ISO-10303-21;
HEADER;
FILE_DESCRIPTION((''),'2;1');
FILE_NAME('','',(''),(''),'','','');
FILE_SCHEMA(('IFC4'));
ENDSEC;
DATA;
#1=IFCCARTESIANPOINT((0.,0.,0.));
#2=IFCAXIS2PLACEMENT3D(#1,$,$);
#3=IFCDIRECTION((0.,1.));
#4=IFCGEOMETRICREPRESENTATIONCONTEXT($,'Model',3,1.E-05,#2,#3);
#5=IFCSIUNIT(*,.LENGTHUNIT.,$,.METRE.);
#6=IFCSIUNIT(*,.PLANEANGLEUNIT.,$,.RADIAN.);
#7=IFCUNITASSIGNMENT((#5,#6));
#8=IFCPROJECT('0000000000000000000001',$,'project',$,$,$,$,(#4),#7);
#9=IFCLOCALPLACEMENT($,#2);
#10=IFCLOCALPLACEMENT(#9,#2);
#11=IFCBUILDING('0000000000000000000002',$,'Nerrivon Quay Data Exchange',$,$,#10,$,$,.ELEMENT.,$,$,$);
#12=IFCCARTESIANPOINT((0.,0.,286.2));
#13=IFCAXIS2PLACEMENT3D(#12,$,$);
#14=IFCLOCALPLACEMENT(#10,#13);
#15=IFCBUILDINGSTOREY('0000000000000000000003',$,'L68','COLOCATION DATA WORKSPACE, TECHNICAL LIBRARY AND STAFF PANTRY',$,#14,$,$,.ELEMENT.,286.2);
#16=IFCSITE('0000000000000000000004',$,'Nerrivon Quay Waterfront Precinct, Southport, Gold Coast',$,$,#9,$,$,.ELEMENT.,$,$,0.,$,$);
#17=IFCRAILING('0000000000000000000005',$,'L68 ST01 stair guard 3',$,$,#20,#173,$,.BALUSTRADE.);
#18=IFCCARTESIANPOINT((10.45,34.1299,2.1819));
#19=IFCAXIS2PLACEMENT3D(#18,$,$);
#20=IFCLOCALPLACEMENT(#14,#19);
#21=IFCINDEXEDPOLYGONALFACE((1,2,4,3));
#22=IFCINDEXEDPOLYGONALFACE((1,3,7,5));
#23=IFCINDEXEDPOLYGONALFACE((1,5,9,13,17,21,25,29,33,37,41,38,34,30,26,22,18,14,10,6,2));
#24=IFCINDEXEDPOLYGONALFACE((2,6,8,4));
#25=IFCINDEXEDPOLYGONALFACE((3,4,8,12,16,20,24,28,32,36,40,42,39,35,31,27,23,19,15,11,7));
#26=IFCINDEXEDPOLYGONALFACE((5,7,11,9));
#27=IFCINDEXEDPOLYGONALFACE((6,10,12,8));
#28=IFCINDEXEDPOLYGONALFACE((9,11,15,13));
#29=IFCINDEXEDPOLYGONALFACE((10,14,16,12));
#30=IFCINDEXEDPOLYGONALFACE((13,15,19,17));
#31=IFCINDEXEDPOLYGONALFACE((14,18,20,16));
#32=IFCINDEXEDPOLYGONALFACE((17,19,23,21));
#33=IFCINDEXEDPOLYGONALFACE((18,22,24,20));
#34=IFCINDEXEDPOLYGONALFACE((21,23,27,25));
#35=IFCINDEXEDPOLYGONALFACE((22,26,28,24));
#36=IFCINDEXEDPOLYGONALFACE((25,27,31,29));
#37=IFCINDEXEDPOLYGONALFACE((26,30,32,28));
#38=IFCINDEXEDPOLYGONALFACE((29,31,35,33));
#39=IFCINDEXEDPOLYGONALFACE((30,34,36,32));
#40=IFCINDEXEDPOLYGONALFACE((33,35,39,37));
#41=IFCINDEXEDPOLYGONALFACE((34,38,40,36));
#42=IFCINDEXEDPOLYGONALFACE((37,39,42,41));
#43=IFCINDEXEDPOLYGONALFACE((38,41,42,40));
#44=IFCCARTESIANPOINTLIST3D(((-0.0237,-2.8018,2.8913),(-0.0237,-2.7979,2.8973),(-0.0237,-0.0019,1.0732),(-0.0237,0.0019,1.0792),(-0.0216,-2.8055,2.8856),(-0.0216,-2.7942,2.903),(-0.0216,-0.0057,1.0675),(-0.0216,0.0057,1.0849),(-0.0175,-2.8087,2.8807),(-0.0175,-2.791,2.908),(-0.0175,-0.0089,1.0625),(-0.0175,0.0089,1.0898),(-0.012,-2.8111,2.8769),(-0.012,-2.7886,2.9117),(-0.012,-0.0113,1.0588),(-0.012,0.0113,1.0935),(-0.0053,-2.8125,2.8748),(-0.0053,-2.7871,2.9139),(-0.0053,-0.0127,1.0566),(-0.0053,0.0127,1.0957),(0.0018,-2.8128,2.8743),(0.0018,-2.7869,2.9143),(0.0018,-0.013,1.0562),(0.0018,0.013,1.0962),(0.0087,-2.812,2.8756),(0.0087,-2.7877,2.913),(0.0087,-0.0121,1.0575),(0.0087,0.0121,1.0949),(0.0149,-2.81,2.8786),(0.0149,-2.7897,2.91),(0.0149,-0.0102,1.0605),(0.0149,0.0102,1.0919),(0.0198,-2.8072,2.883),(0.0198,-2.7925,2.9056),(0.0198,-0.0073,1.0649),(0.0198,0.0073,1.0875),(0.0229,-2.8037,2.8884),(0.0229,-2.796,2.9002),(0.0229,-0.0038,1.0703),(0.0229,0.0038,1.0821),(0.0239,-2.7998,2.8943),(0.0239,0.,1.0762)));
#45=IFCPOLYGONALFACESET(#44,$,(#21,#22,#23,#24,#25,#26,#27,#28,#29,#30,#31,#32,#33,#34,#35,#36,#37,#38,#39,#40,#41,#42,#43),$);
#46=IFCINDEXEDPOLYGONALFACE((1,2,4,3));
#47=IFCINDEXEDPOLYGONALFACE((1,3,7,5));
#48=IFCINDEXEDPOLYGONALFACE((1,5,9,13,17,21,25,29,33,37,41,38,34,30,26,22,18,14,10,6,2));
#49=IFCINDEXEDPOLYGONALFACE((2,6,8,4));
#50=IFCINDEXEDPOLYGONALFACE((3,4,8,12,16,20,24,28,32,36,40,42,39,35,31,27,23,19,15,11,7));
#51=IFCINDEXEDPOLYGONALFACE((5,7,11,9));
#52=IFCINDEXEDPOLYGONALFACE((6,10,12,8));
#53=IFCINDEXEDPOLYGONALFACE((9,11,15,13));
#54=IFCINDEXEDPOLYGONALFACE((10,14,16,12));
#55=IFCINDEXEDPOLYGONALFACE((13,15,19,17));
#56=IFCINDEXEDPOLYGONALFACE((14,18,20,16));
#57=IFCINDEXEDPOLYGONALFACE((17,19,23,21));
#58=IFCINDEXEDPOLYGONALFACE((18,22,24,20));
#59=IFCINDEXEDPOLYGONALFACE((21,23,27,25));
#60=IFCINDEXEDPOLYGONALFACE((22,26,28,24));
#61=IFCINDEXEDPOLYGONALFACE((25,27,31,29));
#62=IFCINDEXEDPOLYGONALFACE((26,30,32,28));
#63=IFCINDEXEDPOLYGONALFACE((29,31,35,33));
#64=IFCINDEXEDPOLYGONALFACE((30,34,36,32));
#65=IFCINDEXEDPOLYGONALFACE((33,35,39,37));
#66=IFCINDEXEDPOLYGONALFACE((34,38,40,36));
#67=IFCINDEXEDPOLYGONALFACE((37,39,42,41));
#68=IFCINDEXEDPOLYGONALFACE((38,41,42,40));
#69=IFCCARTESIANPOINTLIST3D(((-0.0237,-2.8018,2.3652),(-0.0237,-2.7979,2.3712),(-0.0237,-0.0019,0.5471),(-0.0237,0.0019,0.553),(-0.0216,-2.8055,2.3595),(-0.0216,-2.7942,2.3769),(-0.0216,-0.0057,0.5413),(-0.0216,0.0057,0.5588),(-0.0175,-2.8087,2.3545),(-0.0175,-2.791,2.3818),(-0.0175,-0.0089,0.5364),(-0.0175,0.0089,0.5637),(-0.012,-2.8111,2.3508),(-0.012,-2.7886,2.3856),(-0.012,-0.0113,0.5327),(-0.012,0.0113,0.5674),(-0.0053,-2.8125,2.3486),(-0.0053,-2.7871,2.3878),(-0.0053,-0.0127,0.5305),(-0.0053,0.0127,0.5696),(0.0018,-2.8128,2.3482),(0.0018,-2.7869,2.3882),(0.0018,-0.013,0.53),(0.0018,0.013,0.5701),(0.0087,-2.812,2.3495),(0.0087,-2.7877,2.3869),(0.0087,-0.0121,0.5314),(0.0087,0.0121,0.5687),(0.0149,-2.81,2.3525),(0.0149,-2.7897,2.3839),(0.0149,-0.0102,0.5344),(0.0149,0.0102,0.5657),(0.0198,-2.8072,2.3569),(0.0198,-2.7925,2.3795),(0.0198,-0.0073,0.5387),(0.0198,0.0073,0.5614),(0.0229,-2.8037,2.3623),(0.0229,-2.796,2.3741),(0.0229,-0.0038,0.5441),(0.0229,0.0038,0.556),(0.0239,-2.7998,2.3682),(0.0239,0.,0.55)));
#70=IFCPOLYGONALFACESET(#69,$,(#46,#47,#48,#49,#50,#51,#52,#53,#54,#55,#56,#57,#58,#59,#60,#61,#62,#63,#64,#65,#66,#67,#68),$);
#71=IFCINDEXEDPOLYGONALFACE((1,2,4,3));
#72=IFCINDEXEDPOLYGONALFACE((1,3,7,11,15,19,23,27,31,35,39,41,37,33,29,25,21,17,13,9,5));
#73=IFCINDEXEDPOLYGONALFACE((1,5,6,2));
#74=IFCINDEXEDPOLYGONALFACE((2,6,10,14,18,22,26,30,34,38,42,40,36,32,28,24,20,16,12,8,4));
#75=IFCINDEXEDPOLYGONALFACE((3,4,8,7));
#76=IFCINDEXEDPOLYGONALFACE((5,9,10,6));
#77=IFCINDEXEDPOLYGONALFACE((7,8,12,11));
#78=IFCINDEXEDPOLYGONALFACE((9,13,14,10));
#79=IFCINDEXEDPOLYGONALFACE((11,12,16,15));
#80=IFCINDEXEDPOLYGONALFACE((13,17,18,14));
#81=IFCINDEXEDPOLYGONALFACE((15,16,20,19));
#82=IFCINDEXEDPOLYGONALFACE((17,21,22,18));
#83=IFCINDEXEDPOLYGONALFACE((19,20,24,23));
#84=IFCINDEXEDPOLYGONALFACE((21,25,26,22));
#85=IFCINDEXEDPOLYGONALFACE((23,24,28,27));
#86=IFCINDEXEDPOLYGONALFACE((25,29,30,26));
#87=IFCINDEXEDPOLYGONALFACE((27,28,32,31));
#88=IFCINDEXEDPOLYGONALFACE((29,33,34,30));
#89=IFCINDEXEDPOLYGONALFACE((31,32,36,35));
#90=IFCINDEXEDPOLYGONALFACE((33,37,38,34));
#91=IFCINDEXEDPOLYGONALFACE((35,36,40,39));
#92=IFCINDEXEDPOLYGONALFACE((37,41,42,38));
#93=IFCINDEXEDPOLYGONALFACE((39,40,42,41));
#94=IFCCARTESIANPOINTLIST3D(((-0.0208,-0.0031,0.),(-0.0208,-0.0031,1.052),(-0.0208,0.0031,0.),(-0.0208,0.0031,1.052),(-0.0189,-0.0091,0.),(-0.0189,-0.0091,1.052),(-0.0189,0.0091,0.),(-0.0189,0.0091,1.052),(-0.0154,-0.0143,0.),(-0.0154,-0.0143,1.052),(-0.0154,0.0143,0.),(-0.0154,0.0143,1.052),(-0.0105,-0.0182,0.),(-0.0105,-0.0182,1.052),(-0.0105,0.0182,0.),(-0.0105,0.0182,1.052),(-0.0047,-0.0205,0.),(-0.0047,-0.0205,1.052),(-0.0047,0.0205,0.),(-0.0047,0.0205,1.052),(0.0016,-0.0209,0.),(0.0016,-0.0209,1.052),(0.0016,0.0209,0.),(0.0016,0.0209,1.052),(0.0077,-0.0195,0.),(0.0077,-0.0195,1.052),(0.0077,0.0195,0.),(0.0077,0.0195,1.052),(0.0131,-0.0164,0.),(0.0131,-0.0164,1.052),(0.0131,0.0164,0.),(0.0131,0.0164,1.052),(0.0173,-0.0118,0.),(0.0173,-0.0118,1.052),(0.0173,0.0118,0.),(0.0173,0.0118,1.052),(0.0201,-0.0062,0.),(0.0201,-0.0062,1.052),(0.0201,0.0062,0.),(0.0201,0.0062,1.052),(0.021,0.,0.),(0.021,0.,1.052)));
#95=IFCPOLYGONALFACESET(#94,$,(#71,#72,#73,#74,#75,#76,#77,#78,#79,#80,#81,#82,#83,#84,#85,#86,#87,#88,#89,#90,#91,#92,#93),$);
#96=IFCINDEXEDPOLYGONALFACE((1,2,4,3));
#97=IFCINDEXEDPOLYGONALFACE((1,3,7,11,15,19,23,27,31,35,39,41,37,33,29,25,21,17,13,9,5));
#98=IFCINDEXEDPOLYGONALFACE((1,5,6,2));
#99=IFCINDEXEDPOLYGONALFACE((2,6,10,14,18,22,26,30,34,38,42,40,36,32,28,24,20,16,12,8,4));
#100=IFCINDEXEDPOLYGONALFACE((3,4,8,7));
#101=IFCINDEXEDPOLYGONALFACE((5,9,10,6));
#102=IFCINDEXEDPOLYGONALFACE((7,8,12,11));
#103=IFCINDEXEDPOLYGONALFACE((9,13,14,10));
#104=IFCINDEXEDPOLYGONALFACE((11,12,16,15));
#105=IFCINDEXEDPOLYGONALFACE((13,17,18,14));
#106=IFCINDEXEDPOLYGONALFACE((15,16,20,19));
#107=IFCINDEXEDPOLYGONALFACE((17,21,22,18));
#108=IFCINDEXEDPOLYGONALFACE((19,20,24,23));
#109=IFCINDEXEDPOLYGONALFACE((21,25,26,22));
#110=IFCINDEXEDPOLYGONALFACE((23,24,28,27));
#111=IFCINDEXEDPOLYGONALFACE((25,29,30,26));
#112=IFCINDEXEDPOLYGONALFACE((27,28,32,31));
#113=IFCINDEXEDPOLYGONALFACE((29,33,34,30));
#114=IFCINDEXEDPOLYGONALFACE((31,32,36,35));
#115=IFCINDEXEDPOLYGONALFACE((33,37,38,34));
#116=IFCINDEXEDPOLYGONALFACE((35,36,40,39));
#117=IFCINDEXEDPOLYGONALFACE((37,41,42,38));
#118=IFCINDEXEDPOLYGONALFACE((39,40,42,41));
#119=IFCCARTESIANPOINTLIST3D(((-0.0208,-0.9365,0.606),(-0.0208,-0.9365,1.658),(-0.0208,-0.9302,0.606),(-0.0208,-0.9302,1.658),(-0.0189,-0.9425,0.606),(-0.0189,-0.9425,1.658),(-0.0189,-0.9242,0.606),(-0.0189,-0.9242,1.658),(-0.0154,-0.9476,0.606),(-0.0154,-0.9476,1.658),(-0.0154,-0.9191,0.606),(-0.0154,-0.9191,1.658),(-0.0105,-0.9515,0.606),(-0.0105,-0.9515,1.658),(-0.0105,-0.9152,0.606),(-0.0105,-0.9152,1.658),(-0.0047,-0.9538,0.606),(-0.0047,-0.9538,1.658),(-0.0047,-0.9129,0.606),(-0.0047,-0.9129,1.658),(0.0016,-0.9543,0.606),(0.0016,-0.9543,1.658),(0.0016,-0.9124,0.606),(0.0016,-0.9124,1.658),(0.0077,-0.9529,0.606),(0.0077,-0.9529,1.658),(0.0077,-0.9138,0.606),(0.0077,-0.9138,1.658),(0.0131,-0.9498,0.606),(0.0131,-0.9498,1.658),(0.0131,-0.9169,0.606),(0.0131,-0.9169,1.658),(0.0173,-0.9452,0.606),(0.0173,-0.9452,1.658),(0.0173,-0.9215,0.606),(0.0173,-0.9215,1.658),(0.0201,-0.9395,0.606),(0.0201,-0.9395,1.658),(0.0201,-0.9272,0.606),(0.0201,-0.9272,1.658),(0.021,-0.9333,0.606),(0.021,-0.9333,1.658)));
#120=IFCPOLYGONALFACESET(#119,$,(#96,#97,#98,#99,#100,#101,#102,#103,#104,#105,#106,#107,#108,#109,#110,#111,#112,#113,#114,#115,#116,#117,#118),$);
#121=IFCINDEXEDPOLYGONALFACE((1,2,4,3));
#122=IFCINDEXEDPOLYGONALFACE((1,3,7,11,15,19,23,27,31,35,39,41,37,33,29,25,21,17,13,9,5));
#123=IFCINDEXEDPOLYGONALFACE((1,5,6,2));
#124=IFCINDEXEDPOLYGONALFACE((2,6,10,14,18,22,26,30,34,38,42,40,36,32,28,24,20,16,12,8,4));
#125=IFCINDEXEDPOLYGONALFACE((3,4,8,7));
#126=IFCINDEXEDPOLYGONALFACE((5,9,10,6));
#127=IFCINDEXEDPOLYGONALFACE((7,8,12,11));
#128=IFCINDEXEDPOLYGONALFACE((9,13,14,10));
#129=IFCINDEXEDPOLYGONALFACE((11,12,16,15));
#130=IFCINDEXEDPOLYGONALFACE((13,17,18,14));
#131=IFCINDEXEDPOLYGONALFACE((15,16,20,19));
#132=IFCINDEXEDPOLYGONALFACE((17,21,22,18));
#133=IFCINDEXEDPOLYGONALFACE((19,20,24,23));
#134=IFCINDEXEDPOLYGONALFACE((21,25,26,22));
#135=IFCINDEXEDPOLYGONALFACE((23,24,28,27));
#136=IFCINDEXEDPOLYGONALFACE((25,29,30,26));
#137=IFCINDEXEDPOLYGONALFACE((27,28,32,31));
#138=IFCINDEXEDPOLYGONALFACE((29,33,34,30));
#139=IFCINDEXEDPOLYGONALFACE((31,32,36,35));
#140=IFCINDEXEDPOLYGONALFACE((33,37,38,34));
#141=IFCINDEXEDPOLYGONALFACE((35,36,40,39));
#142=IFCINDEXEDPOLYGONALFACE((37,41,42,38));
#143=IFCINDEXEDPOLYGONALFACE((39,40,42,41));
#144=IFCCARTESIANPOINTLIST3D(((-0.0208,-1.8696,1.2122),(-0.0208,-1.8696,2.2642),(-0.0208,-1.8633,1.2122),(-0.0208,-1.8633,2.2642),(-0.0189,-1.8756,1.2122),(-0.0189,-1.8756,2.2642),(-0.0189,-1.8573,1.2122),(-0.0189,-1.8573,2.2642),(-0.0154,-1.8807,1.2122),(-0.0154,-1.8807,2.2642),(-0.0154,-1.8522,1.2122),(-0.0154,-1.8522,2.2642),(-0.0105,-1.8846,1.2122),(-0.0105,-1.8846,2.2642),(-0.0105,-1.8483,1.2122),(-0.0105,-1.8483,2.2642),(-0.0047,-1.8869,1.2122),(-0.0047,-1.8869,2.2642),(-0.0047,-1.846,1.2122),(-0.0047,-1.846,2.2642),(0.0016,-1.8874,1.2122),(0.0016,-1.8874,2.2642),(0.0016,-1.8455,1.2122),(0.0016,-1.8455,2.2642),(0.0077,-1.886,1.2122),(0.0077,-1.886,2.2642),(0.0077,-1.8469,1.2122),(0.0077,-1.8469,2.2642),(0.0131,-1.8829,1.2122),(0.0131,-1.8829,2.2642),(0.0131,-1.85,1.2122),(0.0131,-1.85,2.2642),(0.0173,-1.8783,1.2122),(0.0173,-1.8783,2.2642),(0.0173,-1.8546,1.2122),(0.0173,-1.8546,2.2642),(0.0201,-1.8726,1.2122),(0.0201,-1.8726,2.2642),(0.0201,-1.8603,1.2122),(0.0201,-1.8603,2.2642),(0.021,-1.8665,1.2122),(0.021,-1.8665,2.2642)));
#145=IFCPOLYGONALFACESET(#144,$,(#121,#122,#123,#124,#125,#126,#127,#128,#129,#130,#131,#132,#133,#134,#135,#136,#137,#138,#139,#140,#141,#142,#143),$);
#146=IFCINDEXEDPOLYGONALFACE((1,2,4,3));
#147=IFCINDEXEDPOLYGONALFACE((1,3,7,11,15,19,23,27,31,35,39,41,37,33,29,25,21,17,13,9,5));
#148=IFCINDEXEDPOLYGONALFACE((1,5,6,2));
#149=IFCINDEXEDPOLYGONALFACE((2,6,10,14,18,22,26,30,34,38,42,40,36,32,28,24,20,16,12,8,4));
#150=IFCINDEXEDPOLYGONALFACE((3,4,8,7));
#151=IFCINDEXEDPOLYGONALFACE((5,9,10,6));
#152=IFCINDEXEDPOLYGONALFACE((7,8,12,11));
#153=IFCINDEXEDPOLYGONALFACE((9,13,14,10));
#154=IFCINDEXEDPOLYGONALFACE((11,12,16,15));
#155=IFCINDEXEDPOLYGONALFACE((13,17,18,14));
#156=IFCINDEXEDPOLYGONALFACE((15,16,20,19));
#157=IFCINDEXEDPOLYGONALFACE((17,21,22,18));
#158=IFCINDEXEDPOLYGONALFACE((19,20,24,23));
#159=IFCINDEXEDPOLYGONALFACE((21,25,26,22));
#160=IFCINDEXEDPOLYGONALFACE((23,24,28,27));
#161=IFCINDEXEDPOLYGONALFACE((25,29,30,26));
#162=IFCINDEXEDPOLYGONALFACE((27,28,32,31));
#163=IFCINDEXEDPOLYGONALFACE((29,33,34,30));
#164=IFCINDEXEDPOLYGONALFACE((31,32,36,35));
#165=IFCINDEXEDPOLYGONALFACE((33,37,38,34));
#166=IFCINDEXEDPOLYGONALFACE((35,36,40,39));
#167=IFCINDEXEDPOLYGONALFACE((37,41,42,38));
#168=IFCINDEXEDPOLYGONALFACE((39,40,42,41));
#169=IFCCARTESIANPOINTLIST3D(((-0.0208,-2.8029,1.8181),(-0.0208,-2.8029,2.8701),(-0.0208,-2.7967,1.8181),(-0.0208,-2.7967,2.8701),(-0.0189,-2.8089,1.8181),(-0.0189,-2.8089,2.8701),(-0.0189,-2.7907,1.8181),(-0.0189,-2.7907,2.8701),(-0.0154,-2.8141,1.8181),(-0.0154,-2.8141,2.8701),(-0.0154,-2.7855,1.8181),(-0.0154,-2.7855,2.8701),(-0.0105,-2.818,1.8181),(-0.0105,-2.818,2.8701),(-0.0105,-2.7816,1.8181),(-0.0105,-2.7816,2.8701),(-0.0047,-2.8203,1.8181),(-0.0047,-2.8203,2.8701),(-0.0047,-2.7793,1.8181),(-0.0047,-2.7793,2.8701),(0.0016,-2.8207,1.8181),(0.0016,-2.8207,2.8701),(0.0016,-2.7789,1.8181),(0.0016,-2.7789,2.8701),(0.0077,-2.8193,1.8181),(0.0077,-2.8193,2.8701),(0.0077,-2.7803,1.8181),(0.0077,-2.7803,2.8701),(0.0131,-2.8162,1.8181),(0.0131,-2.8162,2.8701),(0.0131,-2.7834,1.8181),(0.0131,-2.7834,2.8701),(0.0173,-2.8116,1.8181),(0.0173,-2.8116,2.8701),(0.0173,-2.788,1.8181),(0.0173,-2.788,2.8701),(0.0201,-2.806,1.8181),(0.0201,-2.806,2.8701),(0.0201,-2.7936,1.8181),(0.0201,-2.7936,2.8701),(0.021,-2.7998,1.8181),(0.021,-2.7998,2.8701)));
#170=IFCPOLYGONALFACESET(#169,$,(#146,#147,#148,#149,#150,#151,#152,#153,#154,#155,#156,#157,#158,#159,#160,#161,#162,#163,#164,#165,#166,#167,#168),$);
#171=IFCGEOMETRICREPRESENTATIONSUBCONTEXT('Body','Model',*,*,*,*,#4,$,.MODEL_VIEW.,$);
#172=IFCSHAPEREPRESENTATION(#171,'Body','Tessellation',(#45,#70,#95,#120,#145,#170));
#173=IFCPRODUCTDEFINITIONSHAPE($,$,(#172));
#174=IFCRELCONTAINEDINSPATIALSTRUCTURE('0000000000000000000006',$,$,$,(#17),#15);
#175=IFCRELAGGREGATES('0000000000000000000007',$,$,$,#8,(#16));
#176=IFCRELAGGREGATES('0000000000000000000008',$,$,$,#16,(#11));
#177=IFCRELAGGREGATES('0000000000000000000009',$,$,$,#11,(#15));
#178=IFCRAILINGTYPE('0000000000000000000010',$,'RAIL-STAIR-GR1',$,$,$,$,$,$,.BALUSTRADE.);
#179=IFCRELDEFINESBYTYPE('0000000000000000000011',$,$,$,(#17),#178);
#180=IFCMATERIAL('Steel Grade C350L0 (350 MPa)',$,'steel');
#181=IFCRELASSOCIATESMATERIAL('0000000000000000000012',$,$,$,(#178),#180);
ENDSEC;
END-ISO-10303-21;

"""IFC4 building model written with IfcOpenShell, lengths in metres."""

from ifc_helpers import new_model, si_unit, direction, frame, origin, origin_2d, place, context, subcontext, project, spatial, circle, extrude, material, type_object, element, save


model = new_model("IFC4")

# Units and contexts
model_context = context("Model", 3, precision=1e-05, world=origin(), true_north=direction((0.0, 1.0)))
body_context = subcontext(model_context, "Body", "Model", "MODEL_VIEW")
ifc_project = project(units=[si_unit("LENGTHUNIT", "METRE"), si_unit("PLANEANGLEUNIT", "RADIAN")], contexts=[model_context])

# Site, building, storey
site_placement = place(None, origin())
site = spatial("IfcSite", under=ifc_project, at=site_placement, Name="Nerrivon Quay Waterfront Precinct, Southport, Gold Coast", CompositionType="ELEMENT", RefElevation=0.0)
building_placement = place(site_placement, origin())
building = spatial("IfcBuilding", under=site, at=building_placement, Name="Nerrivon Quay Data Exchange", CompositionType="ELEMENT")
storey_placement = place(building_placement, frame((0.0, 0.0, 286.2)))
storey = spatial("IfcBuildingStorey", under=building, at=storey_placement, Name="L68", Description="COLOCATION DATA WORKSPACE, TECHNICAL LIBRARY AND STAFF PANTRY", CompositionType="ELEMENT", Elevation=286.2)

# Shared definitions
ifc_material_1 = material(Name="Steel Grade C350L0 (350 MPa)", Category="steel")

# Railing
railing_type_1 = type_object("IfcRailingType", Name="RAIL-STAIR-GR1", PredefinedType="BALUSTRADE", material=ifc_material_1)
railing_1_placement = place(storey_placement, frame((10.45, 34.1299, 2.1819)))
element("IfcRailing", 1, at=railing_1_placement, inside=storey, type_object=railing_type_1, Name="L68 ST01 stair guard 3", PredefinedType="BALUSTRADE", context=body_context, shape_type="SweptSolid", body=[
    extrude(circle(Radius=0.0239, at=origin_2d()), frame((0.0, 0.0, 1.0762), z_axis=(0.0, -0.838684, 0.544618), x_axis=(1.0, 0.0, 0.0)), (0.0, 0.0, 1.0), 3.3384),
    extrude(circle(Radius=0.0239, at=origin_2d()), frame((0.0, 0.0, 0.55), z_axis=(0.0, -0.838684, 0.544618), x_axis=(1.0, 0.0, 0.0)), (0.0, 0.0, 1.0), 3.3384),
    extrude(circle(Radius=0.021, at=origin_2d()), origin(), (0.0, 0.0, 1.0), 1.052),
    extrude(circle(Radius=0.021, at=origin_2d()), frame((0.0, -0.9333, 0.606)), (0.0, 0.0, 1.0), 1.052),
    extrude(circle(Radius=0.021, at=origin_2d()), frame((0.0, -1.8665, 1.2122)), (0.0, 0.0, 1.0), 1.052),
    extrude(circle(Radius=0.021, at=origin_2d()), frame((0.0, -2.7998, 1.8181)), (0.0, 0.0, 1.0), 1.052),
])

save(model, "model.ifc")
